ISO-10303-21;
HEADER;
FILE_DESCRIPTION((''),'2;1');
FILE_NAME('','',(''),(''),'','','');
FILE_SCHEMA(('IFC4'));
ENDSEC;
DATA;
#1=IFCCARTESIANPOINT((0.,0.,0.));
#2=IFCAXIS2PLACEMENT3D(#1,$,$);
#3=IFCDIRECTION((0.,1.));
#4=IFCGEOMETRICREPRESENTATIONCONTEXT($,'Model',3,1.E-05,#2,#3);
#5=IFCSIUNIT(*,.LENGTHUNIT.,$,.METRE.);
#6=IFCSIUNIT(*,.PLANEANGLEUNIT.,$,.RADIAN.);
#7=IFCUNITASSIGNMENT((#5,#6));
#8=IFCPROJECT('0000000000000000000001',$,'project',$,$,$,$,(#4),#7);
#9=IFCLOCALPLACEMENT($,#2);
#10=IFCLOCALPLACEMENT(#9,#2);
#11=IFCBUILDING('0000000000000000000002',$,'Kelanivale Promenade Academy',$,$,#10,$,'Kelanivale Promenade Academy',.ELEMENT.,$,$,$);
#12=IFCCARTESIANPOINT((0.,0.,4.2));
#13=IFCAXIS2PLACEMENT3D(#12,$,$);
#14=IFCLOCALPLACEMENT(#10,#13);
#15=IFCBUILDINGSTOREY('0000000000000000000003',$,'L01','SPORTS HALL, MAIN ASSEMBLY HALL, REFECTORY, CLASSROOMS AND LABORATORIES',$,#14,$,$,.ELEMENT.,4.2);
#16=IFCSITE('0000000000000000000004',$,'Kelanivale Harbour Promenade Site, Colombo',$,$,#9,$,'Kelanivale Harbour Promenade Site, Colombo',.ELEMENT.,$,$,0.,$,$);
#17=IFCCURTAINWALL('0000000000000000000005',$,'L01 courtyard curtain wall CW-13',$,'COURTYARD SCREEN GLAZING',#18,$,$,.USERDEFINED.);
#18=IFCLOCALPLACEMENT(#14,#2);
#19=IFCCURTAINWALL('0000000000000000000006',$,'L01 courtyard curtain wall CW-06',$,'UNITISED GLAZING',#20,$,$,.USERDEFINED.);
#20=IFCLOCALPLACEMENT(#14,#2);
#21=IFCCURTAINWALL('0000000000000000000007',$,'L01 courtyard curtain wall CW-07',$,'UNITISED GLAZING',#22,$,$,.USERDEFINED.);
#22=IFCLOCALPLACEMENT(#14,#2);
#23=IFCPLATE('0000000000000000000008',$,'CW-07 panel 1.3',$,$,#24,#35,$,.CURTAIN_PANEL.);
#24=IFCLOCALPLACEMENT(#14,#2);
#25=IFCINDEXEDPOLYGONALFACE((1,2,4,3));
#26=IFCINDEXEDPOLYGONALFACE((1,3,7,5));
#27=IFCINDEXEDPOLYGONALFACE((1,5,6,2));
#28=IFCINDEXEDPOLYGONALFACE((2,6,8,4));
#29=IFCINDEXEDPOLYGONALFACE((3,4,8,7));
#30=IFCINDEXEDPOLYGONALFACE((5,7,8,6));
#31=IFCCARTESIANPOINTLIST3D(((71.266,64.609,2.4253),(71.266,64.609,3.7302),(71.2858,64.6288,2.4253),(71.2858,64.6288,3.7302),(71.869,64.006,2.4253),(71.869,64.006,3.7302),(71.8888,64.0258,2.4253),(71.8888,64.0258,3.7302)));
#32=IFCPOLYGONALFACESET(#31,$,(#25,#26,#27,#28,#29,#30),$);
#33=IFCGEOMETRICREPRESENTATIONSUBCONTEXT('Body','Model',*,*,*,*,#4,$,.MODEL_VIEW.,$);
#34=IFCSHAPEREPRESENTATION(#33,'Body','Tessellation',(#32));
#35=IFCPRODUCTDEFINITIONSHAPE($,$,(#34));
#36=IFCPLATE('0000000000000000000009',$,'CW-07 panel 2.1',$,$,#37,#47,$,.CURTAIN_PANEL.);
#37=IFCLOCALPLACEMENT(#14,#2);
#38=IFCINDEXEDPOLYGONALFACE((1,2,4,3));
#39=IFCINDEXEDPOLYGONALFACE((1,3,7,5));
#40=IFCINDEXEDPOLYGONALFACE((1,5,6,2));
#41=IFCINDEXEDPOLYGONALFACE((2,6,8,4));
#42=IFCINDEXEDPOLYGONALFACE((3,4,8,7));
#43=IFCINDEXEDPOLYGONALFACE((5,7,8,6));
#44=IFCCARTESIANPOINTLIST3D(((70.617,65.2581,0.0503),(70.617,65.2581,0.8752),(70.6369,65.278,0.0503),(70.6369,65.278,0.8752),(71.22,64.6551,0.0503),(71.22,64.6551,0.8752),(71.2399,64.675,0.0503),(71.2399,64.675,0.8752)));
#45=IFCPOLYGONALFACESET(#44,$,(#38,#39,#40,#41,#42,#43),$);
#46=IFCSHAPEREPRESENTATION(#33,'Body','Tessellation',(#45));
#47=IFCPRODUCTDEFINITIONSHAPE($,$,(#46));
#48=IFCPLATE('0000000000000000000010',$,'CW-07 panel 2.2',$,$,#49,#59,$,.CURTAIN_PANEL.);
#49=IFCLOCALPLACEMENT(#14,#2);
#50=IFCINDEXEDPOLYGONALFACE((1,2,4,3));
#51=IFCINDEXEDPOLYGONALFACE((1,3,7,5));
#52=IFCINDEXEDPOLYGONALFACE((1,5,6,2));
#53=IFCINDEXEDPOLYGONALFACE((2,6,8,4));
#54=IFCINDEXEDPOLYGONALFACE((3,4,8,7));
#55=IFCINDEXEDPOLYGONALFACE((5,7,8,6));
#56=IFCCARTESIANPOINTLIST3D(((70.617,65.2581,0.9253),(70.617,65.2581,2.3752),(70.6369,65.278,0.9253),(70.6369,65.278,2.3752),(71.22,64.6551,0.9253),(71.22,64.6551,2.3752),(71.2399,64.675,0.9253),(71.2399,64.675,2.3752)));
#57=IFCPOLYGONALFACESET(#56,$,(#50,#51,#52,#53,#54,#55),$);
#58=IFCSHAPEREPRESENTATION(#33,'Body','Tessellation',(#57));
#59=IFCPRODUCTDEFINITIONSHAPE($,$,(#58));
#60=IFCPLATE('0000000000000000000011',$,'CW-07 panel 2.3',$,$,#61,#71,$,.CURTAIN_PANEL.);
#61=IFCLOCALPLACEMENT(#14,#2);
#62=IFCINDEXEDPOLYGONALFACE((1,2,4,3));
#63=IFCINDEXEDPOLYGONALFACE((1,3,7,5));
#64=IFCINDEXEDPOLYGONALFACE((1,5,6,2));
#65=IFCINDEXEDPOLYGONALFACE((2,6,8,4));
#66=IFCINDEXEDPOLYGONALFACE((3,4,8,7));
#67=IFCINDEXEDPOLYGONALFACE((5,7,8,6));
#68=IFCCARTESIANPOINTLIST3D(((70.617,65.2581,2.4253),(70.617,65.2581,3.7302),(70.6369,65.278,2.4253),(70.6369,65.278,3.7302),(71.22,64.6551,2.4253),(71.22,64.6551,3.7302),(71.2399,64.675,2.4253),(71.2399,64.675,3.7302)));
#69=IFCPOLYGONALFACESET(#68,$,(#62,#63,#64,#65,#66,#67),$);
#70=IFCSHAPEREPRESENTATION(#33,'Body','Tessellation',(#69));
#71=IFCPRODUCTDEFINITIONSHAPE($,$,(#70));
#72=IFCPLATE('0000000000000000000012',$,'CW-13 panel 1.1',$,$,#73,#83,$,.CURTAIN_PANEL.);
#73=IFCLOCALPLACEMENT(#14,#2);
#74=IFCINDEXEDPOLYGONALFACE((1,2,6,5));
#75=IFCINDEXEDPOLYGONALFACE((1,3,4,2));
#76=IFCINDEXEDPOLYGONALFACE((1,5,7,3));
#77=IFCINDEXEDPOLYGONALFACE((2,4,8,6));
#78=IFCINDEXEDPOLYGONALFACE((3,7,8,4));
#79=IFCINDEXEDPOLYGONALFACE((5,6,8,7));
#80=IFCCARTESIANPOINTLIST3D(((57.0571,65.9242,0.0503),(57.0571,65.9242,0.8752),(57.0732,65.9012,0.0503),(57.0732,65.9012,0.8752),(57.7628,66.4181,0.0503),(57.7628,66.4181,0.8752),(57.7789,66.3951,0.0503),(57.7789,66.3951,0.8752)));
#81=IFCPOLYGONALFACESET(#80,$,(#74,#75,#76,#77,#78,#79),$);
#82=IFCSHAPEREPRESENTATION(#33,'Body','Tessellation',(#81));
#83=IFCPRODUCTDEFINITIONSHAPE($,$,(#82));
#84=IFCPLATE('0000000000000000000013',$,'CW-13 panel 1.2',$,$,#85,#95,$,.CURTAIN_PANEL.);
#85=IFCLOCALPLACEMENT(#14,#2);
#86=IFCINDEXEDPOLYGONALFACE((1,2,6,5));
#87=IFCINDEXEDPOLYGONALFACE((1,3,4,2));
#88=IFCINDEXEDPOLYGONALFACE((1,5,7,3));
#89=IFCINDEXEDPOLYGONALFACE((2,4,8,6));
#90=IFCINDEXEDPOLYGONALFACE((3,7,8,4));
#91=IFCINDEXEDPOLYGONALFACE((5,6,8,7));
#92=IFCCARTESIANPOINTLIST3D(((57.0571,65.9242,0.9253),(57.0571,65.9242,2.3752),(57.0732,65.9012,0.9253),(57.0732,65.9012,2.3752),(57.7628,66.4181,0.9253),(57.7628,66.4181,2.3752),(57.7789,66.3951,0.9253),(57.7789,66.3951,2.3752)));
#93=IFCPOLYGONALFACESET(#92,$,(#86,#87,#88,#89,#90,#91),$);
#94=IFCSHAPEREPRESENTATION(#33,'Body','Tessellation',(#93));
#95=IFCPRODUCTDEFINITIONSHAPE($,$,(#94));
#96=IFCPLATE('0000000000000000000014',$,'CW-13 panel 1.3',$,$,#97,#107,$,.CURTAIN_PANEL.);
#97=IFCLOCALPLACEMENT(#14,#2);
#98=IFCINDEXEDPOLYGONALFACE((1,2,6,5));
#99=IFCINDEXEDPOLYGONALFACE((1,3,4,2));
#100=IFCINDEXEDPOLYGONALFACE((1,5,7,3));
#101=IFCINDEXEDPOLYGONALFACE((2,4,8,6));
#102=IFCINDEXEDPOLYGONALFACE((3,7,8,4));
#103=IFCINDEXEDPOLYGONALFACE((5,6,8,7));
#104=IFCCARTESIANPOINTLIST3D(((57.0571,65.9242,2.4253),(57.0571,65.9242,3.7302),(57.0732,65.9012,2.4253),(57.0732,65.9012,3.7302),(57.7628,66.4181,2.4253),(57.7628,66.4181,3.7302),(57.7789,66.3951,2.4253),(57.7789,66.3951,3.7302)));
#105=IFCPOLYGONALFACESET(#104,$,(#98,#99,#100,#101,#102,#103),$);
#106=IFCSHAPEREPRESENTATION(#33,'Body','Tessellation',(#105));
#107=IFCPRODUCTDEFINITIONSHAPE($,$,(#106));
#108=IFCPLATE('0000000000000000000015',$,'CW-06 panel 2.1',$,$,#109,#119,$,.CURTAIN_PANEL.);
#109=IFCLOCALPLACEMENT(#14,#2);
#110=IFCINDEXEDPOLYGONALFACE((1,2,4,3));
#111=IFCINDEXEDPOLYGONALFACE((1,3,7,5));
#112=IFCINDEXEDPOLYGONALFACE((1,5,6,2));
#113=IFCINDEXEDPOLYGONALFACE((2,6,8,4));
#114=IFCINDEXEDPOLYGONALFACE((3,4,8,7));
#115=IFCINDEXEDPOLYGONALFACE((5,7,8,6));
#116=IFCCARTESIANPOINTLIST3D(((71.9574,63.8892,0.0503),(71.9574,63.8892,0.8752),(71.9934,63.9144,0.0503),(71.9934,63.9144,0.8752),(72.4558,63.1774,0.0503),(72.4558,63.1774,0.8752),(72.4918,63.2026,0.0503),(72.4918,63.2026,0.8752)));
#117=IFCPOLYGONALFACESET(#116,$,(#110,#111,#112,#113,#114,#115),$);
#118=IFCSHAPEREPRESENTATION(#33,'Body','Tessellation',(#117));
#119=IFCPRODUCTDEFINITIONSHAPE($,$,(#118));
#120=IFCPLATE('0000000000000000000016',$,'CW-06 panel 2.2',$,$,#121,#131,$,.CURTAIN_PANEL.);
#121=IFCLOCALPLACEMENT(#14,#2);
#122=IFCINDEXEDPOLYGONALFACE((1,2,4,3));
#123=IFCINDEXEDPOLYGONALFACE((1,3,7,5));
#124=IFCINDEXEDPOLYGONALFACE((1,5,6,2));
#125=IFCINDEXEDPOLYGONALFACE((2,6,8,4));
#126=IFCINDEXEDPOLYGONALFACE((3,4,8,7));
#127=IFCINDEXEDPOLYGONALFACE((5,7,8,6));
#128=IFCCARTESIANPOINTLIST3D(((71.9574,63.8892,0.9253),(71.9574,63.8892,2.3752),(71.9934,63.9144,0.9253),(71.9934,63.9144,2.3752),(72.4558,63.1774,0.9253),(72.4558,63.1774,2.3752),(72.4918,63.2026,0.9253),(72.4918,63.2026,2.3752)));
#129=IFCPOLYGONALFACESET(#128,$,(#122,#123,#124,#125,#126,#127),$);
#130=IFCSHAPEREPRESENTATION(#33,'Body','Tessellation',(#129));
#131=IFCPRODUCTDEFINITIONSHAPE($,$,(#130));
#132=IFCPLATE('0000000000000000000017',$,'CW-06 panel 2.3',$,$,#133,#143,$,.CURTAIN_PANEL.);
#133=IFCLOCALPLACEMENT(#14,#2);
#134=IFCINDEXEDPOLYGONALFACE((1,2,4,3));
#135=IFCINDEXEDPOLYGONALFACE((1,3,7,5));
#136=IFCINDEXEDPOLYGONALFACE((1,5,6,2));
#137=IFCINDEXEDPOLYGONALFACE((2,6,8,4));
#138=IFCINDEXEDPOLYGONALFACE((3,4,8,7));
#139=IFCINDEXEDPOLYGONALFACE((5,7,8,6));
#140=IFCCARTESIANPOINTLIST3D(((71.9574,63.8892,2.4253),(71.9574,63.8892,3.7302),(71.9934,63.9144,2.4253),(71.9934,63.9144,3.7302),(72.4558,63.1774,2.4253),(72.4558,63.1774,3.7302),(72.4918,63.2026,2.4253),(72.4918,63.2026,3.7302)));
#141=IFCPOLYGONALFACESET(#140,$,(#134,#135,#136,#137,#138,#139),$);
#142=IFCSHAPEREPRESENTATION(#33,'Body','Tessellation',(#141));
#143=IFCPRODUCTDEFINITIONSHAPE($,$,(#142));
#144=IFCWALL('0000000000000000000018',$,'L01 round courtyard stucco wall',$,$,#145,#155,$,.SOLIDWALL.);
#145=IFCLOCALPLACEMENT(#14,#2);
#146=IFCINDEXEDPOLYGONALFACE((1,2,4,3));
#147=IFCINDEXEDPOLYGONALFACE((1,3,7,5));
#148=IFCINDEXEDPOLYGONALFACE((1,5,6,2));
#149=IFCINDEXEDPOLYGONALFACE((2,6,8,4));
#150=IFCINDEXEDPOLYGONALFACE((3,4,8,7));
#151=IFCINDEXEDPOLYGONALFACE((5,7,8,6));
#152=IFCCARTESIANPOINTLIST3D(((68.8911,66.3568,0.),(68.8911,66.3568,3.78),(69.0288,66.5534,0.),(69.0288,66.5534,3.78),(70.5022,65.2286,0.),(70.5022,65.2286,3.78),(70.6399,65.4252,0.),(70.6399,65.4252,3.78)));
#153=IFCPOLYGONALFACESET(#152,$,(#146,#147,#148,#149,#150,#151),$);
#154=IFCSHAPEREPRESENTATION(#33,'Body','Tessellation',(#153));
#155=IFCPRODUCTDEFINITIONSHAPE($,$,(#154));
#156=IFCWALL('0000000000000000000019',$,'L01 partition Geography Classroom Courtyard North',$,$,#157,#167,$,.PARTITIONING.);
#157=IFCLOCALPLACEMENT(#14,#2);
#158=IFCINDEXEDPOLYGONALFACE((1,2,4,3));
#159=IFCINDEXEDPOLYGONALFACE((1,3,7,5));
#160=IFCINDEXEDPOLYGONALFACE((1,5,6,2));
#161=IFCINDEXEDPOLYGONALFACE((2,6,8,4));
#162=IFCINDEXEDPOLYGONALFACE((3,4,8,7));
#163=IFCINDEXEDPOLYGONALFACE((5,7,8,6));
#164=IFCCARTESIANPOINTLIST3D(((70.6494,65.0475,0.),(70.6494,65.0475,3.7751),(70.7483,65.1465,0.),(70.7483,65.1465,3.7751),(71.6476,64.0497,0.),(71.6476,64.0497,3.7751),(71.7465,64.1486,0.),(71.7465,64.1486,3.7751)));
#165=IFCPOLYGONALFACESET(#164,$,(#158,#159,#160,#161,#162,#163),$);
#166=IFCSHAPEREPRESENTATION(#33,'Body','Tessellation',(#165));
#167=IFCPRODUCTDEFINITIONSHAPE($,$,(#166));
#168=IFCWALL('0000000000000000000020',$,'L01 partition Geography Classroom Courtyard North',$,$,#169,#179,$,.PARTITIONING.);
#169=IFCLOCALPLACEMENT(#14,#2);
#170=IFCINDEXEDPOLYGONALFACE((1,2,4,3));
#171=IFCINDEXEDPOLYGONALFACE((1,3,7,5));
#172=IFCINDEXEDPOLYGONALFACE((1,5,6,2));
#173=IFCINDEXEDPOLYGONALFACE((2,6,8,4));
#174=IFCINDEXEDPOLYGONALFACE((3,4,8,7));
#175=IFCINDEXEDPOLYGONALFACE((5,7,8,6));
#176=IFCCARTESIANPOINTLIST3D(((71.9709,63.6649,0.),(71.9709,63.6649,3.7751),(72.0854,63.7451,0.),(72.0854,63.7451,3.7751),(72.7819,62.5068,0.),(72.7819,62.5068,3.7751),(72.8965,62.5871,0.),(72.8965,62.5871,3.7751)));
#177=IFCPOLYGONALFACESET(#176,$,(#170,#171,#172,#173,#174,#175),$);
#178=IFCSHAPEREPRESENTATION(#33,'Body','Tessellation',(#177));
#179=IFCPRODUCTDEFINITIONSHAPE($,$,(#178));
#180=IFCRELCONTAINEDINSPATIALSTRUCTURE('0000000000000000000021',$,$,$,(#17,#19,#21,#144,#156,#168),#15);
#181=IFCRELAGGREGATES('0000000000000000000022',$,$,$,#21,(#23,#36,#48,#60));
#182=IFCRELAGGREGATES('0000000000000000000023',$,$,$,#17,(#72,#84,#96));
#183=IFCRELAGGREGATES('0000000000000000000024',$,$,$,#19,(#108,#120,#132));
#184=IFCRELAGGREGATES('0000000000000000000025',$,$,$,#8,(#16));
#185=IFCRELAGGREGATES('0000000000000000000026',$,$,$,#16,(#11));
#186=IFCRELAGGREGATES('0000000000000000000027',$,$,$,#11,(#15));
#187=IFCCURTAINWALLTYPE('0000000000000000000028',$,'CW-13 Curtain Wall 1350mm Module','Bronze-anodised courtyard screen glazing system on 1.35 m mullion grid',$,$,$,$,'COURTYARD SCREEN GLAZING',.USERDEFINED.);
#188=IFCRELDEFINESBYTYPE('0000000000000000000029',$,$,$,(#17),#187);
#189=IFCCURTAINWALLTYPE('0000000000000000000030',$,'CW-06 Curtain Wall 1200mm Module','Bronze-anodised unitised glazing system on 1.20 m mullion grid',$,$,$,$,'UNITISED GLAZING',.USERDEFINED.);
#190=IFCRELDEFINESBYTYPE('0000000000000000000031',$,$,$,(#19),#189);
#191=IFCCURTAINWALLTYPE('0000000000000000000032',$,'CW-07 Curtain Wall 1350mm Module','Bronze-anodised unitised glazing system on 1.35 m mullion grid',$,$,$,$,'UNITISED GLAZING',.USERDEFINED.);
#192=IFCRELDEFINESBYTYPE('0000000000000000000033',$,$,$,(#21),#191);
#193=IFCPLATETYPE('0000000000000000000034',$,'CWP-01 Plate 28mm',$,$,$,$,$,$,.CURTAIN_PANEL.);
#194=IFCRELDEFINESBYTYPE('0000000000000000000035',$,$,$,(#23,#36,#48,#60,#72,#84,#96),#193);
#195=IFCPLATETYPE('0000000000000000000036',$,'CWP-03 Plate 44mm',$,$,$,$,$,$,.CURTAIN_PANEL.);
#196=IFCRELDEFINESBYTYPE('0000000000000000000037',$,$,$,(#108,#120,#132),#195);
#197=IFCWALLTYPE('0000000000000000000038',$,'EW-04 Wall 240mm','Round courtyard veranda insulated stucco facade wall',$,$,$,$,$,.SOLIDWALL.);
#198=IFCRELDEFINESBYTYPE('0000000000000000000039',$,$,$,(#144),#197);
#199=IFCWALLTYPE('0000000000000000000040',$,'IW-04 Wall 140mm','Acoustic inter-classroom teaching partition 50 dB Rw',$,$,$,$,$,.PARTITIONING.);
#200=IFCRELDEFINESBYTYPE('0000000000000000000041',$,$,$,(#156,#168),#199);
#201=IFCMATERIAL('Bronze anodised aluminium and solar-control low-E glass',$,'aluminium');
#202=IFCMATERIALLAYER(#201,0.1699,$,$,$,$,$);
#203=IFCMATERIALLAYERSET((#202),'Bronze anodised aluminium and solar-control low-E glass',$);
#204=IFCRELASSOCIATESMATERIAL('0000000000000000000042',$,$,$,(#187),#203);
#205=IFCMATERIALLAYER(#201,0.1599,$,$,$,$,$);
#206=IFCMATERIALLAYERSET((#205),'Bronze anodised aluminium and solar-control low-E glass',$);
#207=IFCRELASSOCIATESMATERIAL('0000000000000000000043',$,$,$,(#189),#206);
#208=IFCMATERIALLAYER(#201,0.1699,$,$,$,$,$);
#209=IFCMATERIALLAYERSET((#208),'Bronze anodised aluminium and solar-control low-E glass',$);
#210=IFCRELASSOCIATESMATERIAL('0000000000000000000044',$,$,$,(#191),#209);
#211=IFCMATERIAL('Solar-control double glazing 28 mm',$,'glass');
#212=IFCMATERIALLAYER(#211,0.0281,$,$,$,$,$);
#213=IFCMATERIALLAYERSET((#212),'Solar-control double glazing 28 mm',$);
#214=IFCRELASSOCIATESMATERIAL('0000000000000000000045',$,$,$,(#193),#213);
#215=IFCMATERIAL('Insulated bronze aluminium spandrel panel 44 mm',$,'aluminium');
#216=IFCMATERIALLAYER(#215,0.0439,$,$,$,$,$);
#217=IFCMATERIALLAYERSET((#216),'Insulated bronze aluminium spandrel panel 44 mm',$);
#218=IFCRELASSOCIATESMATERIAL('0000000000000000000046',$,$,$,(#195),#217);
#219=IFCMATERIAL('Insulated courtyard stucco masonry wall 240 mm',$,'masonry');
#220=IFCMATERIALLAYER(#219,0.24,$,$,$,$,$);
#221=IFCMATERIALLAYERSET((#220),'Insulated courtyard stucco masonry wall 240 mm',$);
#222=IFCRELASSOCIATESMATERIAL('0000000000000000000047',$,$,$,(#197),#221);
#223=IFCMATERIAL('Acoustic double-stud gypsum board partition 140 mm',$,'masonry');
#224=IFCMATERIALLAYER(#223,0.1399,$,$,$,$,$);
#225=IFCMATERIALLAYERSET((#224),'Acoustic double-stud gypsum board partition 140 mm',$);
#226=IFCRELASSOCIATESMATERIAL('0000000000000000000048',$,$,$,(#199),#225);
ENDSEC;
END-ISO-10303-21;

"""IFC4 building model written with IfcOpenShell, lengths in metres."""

from ifc_helpers import new_model, si_unit, direction, frame, frame_2d, origin, origin_2d, place, context, subcontext, project, spatial, rectangle, extrude, material, layer, layer_set, type_object, element, aggregate, save


model = new_model("IFC4")

# Units and contexts
model_context = context("Model", 3, precision=1e-05, world=origin(), true_north=direction((0.0, 1.0)))
body_context = subcontext(model_context, "Body", "Model", "MODEL_VIEW")
ifc_project = project(units=[si_unit("LENGTHUNIT", "METRE"), si_unit("PLANEANGLEUNIT", "RADIAN")], contexts=[model_context])

# Site, building, storey
site_placement = place(None, origin())
site = spatial("IfcSite", under=ifc_project, at=site_placement, Name="Kelanivale Harbour Promenade Site, Colombo", LongName="Kelanivale Harbour Promenade Site, Colombo", CompositionType="ELEMENT", RefElevation=0.0)
building_placement = place(site_placement, origin())
building = spatial("IfcBuilding", under=site, at=building_placement, Name="Kelanivale Promenade Academy", LongName="Kelanivale Promenade Academy", CompositionType="ELEMENT")
storey_placement = place(building_placement, frame((0.0, 0.0, 4.2)))
storey = spatial("IfcBuildingStorey", under=building, at=storey_placement, Name="L01", Description="SPORTS HALL, MAIN ASSEMBLY HALL, REFECTORY, CLASSROOMS AND LABORATORIES", CompositionType="ELEMENT", Elevation=4.2)

# Curtain wall
ifc_material_1 = material(Name="Bronze anodised aluminium and solar-control low-E glass", Category="aluminium")
ifc_layer_1 = layer(ifc_material_1, 0.1699)
ifc_layer_set_1 = layer_set([ifc_layer_1], Name="Bronze anodised aluminium and solar-control low-E glass")
curtain_wall_type_1 = type_object("IfcCurtainWallType", Name="CW-13 Curtain Wall 1350mm Module", Description="Bronze-anodised courtyard screen glazing system on 1.35 m mullion grid", ElementType="COURTYARD SCREEN GLAZING", PredefinedType="USERDEFINED", material=ifc_layer_set_1)
curtain_wall_1_placement = place(storey_placement, origin())
curtain_wall_1 = element("IfcCurtainWall", 1, at=curtain_wall_1_placement, inside=storey, type_object=curtain_wall_type_1, Name="L01 courtyard curtain wall CW-13", ObjectType="COURTYARD SCREEN GLAZING", PredefinedType="USERDEFINED")

# Curtain wall
ifc_layer_2 = layer(ifc_material_1, 0.1599)
ifc_layer_set_2 = layer_set([ifc_layer_2], Name="Bronze anodised aluminium and solar-control low-E glass")
curtain_wall_type_2 = type_object("IfcCurtainWallType", Name="CW-06 Curtain Wall 1200mm Module", Description="Bronze-anodised unitised glazing system on 1.20 m mullion grid", ElementType="UNITISED GLAZING", PredefinedType="USERDEFINED", material=ifc_layer_set_2)
curtain_wall_2_placement = place(storey_placement, origin())
curtain_wall_2 = element("IfcCurtainWall", 2, at=curtain_wall_2_placement, inside=storey, type_object=curtain_wall_type_2, Name="L01 courtyard curtain wall CW-06", ObjectType="UNITISED GLAZING", PredefinedType="USERDEFINED")

# Curtain wall
ifc_layer_3 = layer(ifc_material_1, 0.1699)
ifc_layer_set_3 = layer_set([ifc_layer_3], Name="Bronze anodised aluminium and solar-control low-E glass")
curtain_wall_type_3 = type_object("IfcCurtainWallType", Name="CW-07 Curtain Wall 1350mm Module", Description="Bronze-anodised unitised glazing system on 1.35 m mullion grid", ElementType="UNITISED GLAZING", PredefinedType="USERDEFINED", material=ifc_layer_set_3)
curtain_wall_3_placement = place(storey_placement, origin())
curtain_wall_3 = element("IfcCurtainWall", 3, at=curtain_wall_3_placement, inside=storey, type_object=curtain_wall_type_3, Name="L01 courtyard curtain wall CW-07", ObjectType="UNITISED GLAZING", PredefinedType="USERDEFINED")

# Plates
ifc_material_2 = material(Name="Solar-control double glazing 28 mm", Category="glass")
ifc_layer_4 = layer(ifc_material_2, 0.0281)
ifc_layer_set_4 = layer_set([ifc_layer_4], Name="Solar-control double glazing 28 mm")
plate_type_1 = type_object("IfcPlateType", Name="CWP-01 Plate 28mm", PredefinedType="CURTAIN_PANEL", material=ifc_layer_set_4)
plate_1_placement = place(storey_placement, frame((71.5774, 64.3174, 2.4253), z_axis=(0.0, 0.0, 1.0), x_axis=(-0.707107, 0.707107, 0.0)))
plate_1 = element("IfcPlate", 4, at=plate_1_placement, type_object=plate_type_1, Name="CW-07 panel 1.3", PredefinedType="CURTAIN_PANEL", context=body_context, shape_type="SweptSolid", body=[
    extrude(rectangle(XDim=0.8528, YDim=0.0281, at=origin_2d()), origin(), (0.0, 0.0, 1.0), 1.3049),
])
plate_2_placement = place(storey_placement, frame((70.9285, 64.9666, 0.0503), z_axis=(0.0, 0.0, 1.0), x_axis=(-0.707107, 0.707107, 0.0)))
plate_2 = element("IfcPlate", 5, at=plate_2_placement, type_object=plate_type_1, Name="CW-07 panel 2.1", PredefinedType="CURTAIN_PANEL", context=body_context, shape_type="SweptSolid", body=[
    extrude(rectangle(XDim=0.8528, YDim=0.0281, at=origin_2d()), origin(), (0.0, 0.0, 1.0), 0.825),
])
plate_3_placement = place(storey_placement, frame((70.9285, 64.9666, 0.9253), z_axis=(0.0, 0.0, 1.0), x_axis=(-0.707107, 0.707107, 0.0)))
plate_3 = element("IfcPlate", 6, at=plate_3_placement, type_object=plate_type_1, Name="CW-07 panel 2.2", PredefinedType="CURTAIN_PANEL", context=body_context, shape_type="SweptSolid", body=[
    extrude(rectangle(XDim=0.8528, YDim=0.0281, at=origin_2d()), origin(), (0.0, 0.0, 1.0), 1.45),
])
plate_4_placement = place(storey_placement, frame((70.9285, 64.9666, 2.4253), z_axis=(0.0, 0.0, 1.0), x_axis=(-0.707107, 0.707107, 0.0)))
plate_4 = element("IfcPlate", 7, at=plate_4_placement, type_object=plate_type_1, Name="CW-07 panel 2.3", PredefinedType="CURTAIN_PANEL", context=body_context, shape_type="SweptSolid", body=[
    extrude(rectangle(XDim=0.8528, YDim=0.0281, at=origin_2d()), origin(), (0.0, 0.0, 1.0), 1.3049),
])
aggregate(curtain_wall_3, [plate_1, plate_2, plate_3, plate_4])
plate_5_placement = place(storey_placement, frame((57.418, 66.1597, 0.0503), z_axis=(0.0, 0.0, 1.0), x_axis=(-0.819306, -0.573357, 0.0)))
plate_5 = element("IfcPlate", 8, at=plate_5_placement, type_object=plate_type_1, Name="CW-13 panel 1.1", PredefinedType="CURTAIN_PANEL", context=body_context, shape_type="SweptSolid", body=[
    extrude(rectangle(XDim=0.8613, YDim=0.0281, at=origin_2d()), origin(), (0.0, 0.0, 1.0), 0.825),
])
plate_6_placement = place(storey_placement, frame((57.418, 66.1597, 0.9253), z_axis=(0.0, 0.0, 1.0), x_axis=(-0.819306, -0.573357, 0.0)))
plate_6 = element("IfcPlate", 9, at=plate_6_placement, type_object=plate_type_1, Name="CW-13 panel 1.2", PredefinedType="CURTAIN_PANEL", context=body_context, shape_type="SweptSolid", body=[
    extrude(rectangle(XDim=0.8613, YDim=0.0281, at=origin_2d()), origin(), (0.0, 0.0, 1.0), 1.45),
])
plate_7_placement = place(storey_placement, frame((57.418, 66.1597, 2.4253), z_axis=(0.0, 0.0, 1.0), x_axis=(-0.819306, -0.573357, 0.0)))
plate_7 = element("IfcPlate", 10, at=plate_7_placement, type_object=plate_type_1, Name="CW-13 panel 1.3", PredefinedType="CURTAIN_PANEL", context=body_context, shape_type="SweptSolid", body=[
    extrude(rectangle(XDim=0.8613, YDim=0.0281, at=origin_2d()), origin(), (0.0, 0.0, 1.0), 1.3049),
])
aggregate(curtain_wall_1, [plate_5, plate_6, plate_7])
ifc_material_3 = material(Name="Insulated bronze aluminium spandrel panel 44 mm", Category="aluminium")
ifc_layer_5 = layer(ifc_material_3, 0.0439)
ifc_layer_set_5 = layer_set([ifc_layer_5], Name="Insulated bronze aluminium spandrel panel 44 mm")
plate_type_2 = type_object("IfcPlateType", Name="CWP-03 Plate 44mm", PredefinedType="CURTAIN_PANEL", material=ifc_layer_set_5)
plate_8_placement = place(storey_placement, frame((72.2246, 63.5459, 0.0503), z_axis=(0.0, 0.0, 1.0), x_axis=(-0.573567, 0.819158, 0.0)))
plate_8 = element("IfcPlate", 11, at=plate_8_placement, type_object=plate_type_2, Name="CW-06 panel 2.1", PredefinedType="CURTAIN_PANEL", context=body_context, shape_type="SweptSolid", body=[
    extrude(rectangle(XDim=0.8689, YDim=0.0439, at=origin_2d()), origin(), (0.0, 0.0, 1.0), 0.825),
])
plate_9_placement = place(storey_placement, frame((72.2246, 63.5459, 0.9253), z_axis=(0.0, 0.0, 1.0), x_axis=(-0.573567, 0.819158, 0.0)))
plate_9 = element("IfcPlate", 12, at=plate_9_placement, type_object=plate_type_2, Name="CW-06 panel 2.2", PredefinedType="CURTAIN_PANEL", context=body_context, shape_type="SweptSolid", body=[
    extrude(rectangle(XDim=0.8689, YDim=0.0439, at=origin_2d()), origin(), (0.0, 0.0, 1.0), 1.45),
])
plate_10_placement = place(storey_placement, frame((72.2246, 63.5459, 2.4253), z_axis=(0.0, 0.0, 1.0), x_axis=(-0.573567, 0.819158, 0.0)))
plate_10 = element("IfcPlate", 13, at=plate_10_placement, type_object=plate_type_2, Name="CW-06 panel 2.3", PredefinedType="CURTAIN_PANEL", context=body_context, shape_type="SweptSolid", body=[
    extrude(rectangle(XDim=0.8689, YDim=0.0439, at=origin_2d()), origin(), (0.0, 0.0, 1.0), 1.3049),
])
aggregate(curtain_wall_2, [plate_8, plate_9, plate_10])

# Walls
ifc_material_4 = material(Name="Insulated courtyard stucco masonry wall 240 mm", Category="masonry")
ifc_layer_6 = layer(ifc_material_4, 0.24)
ifc_layer_set_6 = layer_set([ifc_layer_6], Name="Insulated courtyard stucco masonry wall 240 mm")
wall_type_1 = type_object("IfcWallType", Name="EW-04 Wall 240mm", Description="Round courtyard veranda insulated stucco facade wall", PredefinedType="SOLIDWALL", material=ifc_layer_set_6)
wall_1_placement = place(storey_placement, frame((70.571, 65.3269, 0.0), z_axis=(0.0, 0.0, 1.0), x_axis=(-0.819133, 0.573604, 0.0)))
element("IfcWall", 14, at=wall_1_placement, inside=storey, type_object=wall_type_1, Name="L01 round courtyard stucco wall", PredefinedType="SOLIDWALL", context=body_context, shape_type="SweptSolid", body=[
    extrude(rectangle(XDim=1.9668, YDim=0.24, at=frame_2d((0.9834, 0.0))), origin(), (0.0, 0.0, 1.0), 3.78),
])
ifc_material_5 = material(Name="Acoustic double-stud gypsum board partition 140 mm", Category="masonry")
ifc_layer_7 = layer(ifc_material_5, 0.1399)
ifc_layer_set_7 = layer_set([ifc_layer_7], Name="Acoustic double-stud gypsum board partition 140 mm")
wall_type_2 = type_object("IfcWallType", Name="IW-04 Wall 140mm", Description="Acoustic inter-classroom teaching partition 50 dB Rw", PredefinedType="PARTITIONING", material=ifc_layer_set_7)
wall_2_placement = place(storey_placement, frame((70.699, 65.0969, 0.0), z_axis=(0.0, 0.0, 1.0), x_axis=(0.707193, -0.70702, 0.0)))
element("IfcWall", 15, at=wall_2_placement, inside=storey, type_object=wall_type_2, Name="L01 partition Geography Classroom Courtyard North", PredefinedType="PARTITIONING", context=body_context, shape_type="SweptSolid", body=[
    extrude(rectangle(XDim=1.4114, YDim=0.1399, at=frame_2d((0.7056, 0.0))), origin(), (0.0, 0.0, 1.0), 3.7751),
])
wall_3_placement = place(storey_placement, frame((72.0281, 63.7051, 0.0), z_axis=(0.0, 0.0, 1.0), x_axis=(0.573683, -0.819078, 0.0)))
element("IfcWall", 16, at=wall_3_placement, inside=storey, type_object=wall_type_2, Name="L01 partition Geography Classroom Courtyard North", PredefinedType="PARTITIONING", context=body_context, shape_type="SweptSolid", body=[
    extrude(rectangle(XDim=1.4138, YDim=0.1399, at=frame_2d((0.707, 0.0))), origin(), (0.0, 0.0, 1.0), 3.7751),
])

save(model, "model.ifc")
